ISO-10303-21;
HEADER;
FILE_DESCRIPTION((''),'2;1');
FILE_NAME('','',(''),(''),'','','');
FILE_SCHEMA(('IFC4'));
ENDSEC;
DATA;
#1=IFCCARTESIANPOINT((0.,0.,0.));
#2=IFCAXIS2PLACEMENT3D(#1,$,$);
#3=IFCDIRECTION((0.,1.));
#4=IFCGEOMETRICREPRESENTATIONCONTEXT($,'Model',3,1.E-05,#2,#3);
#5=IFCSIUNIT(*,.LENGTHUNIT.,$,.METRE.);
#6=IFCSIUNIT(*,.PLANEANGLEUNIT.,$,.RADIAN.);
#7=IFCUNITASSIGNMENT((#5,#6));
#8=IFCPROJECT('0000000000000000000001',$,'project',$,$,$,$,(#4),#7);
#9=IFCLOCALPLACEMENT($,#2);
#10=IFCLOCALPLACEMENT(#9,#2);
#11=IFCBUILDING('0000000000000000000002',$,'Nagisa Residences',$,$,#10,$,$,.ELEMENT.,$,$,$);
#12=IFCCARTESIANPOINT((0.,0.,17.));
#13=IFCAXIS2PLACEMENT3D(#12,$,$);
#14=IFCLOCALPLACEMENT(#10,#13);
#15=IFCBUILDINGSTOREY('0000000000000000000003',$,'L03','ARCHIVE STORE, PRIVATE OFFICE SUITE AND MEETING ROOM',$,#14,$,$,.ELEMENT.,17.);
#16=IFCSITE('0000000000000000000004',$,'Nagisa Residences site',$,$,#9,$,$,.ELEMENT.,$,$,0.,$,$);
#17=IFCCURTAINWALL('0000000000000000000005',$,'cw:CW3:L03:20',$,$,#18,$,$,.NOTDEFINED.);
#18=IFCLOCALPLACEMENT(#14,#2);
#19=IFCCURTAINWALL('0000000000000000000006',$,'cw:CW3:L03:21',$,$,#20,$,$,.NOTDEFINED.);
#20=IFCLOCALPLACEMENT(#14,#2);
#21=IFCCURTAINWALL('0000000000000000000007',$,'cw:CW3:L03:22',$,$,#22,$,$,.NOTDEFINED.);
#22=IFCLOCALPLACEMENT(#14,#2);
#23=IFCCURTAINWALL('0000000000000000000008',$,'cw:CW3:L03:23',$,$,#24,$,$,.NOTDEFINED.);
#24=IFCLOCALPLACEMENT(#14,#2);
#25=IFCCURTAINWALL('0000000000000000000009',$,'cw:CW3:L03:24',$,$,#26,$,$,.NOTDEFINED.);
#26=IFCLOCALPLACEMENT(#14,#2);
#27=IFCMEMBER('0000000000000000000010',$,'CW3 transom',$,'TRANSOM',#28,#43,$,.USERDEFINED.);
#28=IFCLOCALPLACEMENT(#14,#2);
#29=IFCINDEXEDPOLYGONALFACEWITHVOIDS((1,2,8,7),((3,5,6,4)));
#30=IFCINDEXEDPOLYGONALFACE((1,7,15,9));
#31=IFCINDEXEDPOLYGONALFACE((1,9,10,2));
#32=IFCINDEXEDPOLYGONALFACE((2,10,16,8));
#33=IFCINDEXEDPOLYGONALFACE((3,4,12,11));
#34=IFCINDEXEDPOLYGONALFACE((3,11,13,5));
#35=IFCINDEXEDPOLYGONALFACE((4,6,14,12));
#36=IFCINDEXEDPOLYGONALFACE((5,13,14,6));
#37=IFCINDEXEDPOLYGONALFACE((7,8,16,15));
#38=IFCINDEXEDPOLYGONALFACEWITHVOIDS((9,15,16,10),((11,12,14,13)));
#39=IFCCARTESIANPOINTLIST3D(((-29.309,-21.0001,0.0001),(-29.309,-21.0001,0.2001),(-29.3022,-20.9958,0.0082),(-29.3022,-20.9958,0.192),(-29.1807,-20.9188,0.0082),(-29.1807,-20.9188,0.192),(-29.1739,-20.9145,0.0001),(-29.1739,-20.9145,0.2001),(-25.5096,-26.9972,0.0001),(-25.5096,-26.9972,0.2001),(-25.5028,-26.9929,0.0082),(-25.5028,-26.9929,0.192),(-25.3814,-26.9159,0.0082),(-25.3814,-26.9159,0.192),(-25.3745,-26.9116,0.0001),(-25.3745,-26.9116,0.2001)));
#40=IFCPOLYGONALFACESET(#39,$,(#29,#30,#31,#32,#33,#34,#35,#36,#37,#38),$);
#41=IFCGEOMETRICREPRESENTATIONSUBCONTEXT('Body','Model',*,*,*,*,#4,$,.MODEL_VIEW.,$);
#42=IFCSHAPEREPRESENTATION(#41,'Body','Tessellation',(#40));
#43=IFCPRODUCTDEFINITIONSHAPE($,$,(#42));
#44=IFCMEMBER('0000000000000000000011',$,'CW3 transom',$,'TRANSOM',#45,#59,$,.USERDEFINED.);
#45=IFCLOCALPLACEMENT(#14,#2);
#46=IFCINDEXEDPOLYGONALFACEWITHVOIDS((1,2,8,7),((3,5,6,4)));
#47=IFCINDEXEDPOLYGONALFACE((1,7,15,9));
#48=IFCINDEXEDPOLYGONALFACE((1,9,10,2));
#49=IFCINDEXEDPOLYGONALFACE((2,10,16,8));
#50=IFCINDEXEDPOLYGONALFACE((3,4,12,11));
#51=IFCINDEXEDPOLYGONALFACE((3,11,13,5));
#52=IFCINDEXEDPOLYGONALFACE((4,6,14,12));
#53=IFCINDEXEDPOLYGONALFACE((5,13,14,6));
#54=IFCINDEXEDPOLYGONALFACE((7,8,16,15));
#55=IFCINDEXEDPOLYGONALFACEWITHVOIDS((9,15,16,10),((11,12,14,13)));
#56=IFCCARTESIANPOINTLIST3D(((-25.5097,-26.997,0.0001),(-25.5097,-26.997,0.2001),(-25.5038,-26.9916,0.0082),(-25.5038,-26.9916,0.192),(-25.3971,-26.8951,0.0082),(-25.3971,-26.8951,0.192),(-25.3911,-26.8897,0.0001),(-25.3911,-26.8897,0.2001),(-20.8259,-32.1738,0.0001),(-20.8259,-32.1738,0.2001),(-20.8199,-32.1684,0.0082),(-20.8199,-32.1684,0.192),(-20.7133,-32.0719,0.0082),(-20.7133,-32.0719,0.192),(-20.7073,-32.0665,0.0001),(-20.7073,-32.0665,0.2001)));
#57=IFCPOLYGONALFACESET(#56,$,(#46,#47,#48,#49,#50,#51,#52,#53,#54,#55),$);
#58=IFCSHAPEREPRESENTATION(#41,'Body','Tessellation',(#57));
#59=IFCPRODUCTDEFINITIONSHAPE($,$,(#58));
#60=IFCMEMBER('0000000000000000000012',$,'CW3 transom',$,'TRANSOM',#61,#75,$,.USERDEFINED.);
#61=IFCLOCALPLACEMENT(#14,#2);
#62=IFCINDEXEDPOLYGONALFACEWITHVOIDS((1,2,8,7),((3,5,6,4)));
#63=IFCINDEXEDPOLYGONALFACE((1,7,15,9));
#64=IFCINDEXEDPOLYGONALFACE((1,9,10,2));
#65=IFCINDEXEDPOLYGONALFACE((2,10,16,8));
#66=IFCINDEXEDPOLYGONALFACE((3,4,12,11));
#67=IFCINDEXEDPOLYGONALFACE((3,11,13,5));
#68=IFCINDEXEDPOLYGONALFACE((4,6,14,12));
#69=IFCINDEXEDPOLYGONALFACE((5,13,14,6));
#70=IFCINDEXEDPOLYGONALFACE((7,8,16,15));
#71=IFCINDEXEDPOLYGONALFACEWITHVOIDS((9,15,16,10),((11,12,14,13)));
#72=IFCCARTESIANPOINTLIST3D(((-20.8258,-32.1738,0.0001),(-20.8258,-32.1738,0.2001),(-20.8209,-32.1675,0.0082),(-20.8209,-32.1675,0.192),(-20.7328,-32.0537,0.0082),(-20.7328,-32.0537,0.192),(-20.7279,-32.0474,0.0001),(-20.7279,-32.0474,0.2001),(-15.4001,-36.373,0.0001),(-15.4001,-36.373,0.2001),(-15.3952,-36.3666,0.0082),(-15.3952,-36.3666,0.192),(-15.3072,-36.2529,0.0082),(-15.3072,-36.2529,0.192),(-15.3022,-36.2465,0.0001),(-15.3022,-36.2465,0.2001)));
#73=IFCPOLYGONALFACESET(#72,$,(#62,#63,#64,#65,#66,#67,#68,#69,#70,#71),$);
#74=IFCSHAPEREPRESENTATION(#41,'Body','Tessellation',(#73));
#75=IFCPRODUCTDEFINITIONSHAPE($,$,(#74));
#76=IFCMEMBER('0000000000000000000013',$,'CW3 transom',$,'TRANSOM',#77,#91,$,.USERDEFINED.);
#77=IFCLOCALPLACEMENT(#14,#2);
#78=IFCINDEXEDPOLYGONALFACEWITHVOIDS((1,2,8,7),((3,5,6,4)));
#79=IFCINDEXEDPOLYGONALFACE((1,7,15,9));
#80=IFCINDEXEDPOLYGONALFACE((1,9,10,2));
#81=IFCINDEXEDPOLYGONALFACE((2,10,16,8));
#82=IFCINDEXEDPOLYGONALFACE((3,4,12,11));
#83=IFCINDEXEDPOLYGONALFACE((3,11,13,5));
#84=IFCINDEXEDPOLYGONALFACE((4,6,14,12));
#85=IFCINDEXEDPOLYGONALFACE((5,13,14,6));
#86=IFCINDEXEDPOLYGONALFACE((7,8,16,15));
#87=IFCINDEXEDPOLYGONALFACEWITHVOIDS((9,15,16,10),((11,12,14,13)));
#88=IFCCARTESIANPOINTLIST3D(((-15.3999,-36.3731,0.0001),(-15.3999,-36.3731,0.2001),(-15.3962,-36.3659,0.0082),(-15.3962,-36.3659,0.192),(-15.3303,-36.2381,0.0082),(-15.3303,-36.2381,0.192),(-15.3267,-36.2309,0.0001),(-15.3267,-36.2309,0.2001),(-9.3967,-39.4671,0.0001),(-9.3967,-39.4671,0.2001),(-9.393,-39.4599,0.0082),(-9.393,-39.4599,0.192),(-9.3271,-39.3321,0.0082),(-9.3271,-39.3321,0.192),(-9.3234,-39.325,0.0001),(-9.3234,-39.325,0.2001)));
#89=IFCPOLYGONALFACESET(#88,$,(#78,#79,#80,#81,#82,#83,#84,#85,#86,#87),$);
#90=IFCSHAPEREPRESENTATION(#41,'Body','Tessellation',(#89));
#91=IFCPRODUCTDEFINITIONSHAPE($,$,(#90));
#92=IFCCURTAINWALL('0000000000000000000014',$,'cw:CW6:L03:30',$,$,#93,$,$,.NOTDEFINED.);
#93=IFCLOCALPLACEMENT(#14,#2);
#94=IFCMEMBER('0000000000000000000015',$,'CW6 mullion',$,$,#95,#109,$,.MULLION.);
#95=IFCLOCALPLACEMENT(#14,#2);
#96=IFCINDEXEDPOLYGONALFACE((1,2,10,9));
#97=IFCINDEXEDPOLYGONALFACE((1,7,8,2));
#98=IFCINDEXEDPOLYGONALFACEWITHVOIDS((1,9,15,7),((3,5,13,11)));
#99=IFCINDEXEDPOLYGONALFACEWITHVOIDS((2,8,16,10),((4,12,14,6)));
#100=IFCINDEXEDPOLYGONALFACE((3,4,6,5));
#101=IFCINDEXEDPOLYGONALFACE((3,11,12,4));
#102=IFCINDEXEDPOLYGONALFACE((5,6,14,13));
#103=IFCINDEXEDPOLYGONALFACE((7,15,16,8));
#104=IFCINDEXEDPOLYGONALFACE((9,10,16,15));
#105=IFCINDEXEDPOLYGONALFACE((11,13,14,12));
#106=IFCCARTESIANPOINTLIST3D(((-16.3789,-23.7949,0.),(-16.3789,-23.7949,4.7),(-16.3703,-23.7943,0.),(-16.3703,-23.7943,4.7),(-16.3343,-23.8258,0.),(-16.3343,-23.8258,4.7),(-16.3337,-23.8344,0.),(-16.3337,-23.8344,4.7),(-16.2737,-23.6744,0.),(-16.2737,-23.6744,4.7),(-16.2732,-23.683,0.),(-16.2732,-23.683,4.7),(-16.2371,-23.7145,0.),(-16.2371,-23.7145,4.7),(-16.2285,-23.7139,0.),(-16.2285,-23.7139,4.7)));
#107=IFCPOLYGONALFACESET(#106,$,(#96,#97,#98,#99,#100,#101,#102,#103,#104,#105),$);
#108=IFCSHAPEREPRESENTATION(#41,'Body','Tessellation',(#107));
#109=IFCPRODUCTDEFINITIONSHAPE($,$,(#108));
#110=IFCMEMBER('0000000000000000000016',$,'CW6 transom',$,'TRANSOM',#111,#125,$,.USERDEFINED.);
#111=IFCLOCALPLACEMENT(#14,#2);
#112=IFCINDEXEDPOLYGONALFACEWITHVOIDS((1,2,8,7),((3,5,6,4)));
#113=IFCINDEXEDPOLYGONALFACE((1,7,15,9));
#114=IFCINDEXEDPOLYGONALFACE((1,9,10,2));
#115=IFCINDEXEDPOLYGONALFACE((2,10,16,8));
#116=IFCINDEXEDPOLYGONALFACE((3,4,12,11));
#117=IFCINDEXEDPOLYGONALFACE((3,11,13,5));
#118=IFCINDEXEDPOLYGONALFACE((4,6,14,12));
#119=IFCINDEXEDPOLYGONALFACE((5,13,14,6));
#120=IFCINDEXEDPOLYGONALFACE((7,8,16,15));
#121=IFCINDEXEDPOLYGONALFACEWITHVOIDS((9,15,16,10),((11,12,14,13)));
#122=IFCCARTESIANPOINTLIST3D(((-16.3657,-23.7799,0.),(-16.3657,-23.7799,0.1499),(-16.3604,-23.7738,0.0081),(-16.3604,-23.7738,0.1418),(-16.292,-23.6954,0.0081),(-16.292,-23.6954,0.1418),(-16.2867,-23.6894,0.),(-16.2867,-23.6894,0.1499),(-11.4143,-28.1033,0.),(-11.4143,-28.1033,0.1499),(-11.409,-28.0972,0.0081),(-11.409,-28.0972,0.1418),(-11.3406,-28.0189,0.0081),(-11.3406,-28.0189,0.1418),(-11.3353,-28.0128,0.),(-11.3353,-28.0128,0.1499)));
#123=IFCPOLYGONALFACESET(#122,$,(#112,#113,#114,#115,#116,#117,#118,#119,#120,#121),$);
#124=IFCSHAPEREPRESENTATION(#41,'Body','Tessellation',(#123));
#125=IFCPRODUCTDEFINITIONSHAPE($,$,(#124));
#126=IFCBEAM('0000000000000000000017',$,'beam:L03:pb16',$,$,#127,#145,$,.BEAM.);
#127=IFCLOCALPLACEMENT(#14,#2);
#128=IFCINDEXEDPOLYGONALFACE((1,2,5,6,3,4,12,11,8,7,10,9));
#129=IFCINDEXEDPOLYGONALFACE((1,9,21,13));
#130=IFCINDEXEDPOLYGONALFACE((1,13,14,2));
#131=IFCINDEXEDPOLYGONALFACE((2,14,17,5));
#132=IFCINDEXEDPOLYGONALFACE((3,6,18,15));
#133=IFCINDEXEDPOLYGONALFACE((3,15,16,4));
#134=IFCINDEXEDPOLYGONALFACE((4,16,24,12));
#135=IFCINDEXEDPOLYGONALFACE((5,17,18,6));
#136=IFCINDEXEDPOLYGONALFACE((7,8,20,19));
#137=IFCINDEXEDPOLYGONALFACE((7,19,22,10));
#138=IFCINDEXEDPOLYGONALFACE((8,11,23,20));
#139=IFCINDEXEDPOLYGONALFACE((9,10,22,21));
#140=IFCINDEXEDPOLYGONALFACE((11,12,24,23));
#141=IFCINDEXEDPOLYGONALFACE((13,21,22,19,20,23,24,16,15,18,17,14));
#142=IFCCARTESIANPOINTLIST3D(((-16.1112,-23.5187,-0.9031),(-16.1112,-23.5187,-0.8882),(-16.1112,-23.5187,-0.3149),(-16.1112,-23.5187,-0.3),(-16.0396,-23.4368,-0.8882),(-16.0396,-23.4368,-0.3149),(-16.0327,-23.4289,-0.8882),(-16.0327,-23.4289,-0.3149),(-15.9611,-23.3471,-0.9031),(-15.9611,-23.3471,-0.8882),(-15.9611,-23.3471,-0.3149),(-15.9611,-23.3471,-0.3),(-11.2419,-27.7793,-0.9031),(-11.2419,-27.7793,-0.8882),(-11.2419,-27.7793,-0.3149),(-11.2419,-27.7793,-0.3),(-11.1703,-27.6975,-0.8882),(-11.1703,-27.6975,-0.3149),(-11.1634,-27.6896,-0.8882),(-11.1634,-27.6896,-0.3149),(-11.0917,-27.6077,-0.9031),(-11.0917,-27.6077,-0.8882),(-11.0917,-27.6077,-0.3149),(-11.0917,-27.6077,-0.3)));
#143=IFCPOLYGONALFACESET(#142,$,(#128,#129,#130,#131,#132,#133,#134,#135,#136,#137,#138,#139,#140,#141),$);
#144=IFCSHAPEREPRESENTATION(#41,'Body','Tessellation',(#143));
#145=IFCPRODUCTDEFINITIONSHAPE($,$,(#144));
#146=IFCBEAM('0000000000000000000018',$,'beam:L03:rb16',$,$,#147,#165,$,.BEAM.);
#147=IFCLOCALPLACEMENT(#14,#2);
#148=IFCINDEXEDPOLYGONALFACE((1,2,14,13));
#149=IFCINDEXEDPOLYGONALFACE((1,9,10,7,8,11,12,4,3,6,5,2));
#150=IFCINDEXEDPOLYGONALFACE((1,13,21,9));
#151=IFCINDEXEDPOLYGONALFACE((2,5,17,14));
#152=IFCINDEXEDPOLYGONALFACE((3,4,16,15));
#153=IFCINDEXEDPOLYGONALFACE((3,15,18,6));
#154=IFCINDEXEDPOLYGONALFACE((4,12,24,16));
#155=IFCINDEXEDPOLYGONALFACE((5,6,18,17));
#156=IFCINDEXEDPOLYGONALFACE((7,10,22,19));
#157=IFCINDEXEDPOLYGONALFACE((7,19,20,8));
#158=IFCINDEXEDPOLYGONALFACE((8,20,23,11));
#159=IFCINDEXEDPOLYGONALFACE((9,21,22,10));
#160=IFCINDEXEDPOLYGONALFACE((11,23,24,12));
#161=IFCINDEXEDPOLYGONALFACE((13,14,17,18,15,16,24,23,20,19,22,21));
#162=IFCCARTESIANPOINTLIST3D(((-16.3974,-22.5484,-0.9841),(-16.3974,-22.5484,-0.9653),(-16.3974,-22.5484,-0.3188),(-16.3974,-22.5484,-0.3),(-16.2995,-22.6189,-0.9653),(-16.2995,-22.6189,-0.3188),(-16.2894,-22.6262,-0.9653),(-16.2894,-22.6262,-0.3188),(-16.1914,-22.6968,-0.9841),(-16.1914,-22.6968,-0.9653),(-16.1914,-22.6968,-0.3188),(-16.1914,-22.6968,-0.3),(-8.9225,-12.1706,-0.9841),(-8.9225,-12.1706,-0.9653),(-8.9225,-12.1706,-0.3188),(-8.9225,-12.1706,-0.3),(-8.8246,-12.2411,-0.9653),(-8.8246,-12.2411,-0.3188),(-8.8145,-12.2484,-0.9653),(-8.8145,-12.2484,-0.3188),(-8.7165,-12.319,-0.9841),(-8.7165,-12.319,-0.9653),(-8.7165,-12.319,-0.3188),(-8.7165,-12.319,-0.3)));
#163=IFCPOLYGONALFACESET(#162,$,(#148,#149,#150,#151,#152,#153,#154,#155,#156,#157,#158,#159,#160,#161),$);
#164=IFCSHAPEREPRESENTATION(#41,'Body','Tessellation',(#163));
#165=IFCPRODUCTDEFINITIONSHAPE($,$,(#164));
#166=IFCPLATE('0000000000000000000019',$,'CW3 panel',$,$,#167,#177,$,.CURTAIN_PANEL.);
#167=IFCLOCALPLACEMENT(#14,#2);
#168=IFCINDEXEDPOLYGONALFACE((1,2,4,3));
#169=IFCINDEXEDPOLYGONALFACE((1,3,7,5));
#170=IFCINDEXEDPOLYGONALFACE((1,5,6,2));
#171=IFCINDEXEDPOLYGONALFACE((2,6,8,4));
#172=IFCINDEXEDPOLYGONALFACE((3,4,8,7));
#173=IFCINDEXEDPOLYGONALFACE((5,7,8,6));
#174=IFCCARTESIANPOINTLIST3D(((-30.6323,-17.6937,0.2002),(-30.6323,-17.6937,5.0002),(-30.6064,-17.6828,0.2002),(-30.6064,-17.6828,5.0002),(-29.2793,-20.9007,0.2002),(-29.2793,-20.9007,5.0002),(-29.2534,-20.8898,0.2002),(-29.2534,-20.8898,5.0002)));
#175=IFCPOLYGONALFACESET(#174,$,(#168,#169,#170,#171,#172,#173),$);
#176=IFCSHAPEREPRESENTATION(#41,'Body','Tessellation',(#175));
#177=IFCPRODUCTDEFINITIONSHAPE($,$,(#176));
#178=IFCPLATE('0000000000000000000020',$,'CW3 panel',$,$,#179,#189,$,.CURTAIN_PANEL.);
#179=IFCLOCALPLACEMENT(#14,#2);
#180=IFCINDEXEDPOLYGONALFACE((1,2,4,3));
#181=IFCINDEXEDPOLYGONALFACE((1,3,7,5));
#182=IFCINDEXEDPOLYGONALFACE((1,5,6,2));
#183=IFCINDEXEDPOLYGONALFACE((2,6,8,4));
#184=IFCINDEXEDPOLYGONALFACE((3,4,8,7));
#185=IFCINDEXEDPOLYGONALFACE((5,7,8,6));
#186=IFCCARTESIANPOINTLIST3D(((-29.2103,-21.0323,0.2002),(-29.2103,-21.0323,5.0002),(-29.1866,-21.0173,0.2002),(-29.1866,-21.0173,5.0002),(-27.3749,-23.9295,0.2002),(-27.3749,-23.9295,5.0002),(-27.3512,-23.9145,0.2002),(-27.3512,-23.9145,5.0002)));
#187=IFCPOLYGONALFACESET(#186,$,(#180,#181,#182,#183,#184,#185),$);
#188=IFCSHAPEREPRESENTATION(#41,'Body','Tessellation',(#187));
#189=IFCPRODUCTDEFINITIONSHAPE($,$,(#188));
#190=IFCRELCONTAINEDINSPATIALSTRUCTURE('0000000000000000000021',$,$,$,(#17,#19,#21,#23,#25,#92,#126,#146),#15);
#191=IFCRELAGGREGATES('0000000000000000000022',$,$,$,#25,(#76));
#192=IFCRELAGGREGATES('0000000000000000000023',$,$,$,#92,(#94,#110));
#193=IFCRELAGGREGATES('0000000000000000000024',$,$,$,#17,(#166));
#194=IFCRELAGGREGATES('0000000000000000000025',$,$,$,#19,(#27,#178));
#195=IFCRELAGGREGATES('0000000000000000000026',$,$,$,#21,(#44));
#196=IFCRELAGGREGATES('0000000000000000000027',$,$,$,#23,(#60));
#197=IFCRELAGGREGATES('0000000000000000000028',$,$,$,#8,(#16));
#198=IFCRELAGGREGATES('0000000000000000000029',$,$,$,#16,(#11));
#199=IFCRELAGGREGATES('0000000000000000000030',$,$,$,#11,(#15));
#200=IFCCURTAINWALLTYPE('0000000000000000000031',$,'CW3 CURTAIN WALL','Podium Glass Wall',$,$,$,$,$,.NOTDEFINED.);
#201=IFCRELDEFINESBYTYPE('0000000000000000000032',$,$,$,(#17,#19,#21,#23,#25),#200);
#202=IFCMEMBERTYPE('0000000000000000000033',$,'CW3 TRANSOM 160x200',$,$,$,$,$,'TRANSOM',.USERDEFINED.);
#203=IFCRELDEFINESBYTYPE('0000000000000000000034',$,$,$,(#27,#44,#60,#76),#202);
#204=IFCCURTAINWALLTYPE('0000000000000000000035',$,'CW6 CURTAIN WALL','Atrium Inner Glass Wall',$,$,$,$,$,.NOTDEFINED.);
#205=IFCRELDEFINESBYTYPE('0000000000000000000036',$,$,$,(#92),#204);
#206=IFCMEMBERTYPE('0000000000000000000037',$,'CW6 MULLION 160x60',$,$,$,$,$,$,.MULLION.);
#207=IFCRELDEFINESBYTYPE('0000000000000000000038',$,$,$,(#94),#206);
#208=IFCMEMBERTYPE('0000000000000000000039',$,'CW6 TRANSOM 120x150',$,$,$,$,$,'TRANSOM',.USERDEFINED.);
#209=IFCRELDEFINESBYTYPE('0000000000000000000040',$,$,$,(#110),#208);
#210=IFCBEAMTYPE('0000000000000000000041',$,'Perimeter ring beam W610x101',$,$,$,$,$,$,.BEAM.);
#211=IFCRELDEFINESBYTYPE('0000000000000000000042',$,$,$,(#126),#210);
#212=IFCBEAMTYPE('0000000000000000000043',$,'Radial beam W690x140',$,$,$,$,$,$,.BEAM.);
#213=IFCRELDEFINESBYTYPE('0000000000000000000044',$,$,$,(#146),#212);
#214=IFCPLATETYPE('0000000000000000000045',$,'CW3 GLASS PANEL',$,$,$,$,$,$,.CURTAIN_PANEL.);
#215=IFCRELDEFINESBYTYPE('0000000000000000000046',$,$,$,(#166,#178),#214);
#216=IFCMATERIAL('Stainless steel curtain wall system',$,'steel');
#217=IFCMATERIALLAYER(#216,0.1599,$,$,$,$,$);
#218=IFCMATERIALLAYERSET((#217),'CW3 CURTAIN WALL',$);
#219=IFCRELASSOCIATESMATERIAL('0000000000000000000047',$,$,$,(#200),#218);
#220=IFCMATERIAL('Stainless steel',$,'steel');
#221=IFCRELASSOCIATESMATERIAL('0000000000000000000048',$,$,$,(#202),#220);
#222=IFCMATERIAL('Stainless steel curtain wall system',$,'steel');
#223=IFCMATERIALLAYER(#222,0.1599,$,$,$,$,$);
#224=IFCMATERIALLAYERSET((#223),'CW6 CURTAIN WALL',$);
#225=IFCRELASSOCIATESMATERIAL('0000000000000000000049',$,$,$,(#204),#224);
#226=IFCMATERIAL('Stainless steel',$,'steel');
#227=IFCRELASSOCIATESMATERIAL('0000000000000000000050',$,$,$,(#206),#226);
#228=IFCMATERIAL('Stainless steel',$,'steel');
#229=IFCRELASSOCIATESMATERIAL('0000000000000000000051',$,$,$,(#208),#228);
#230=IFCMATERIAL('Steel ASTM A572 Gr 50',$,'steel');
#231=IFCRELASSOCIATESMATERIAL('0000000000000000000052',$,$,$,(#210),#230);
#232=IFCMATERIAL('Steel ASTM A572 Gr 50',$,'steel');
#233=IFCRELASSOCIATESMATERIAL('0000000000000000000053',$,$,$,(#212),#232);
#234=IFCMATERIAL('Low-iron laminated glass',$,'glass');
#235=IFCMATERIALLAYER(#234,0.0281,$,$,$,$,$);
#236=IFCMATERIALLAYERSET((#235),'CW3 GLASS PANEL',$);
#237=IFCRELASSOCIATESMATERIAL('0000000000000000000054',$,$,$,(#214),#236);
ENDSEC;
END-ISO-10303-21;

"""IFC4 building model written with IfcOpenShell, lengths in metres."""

from ifc_helpers import new_model, si_unit, direction, frame, origin, origin_2d, place, context, subcontext, project, spatial, rectangle, hollow_rectangle, i_section, extrude, material, layer, layer_set, material_profile, profile_set, type_object, element, aggregate, save


model = new_model("IFC4")

# Units and contexts
model_context = context("Model", 3, precision=1e-05, world=origin(), true_north=direction((0.0, 1.0)))
body_context = subcontext(model_context, "Body", "Model", "MODEL_VIEW")
ifc_project = project(units=[si_unit("LENGTHUNIT", "METRE"), si_unit("PLANEANGLEUNIT", "RADIAN")], contexts=[model_context])

# Site, building, storey
site_placement = place(None, origin())
site = spatial("IfcSite", under=ifc_project, at=site_placement, Name="Nagisa Residences site", CompositionType="ELEMENT", RefElevation=0.0)
building_placement = place(site_placement, origin())
building = spatial("IfcBuilding", under=site, at=building_placement, Name="Nagisa Residences", CompositionType="ELEMENT")
storey_placement = place(building_placement, frame((0.0, 0.0, 17.0)))
storey = spatial("IfcBuildingStorey", under=building, at=storey_placement, Name="L03", Description="ARCHIVE STORE, PRIVATE OFFICE SUITE AND MEETING ROOM", CompositionType="ELEMENT", Elevation=17.0)

# Curtain walls
ifc_material_1 = material(Name="Stainless steel curtain wall system", Category="steel")
ifc_layer_1 = layer(ifc_material_1, 0.1599)
ifc_layer_set_1 = layer_set([ifc_layer_1], Name="CW3 CURTAIN WALL")
curtain_wall_type_1 = type_object("IfcCurtainWallType", Name="CW3 CURTAIN WALL", Description="Podium Glass Wall", PredefinedType="NOTDEFINED", material=ifc_layer_set_1)
curtain_wall_1_placement = place(storey_placement, origin())
curtain_wall_1 = element("IfcCurtainWall", 1, at=curtain_wall_1_placement, inside=storey, type_object=curtain_wall_type_1, Name="cw:CW3:L03:20", PredefinedType="NOTDEFINED")
curtain_wall_2_placement = place(storey_placement, origin())
curtain_wall_2 = element("IfcCurtainWall", 2, at=curtain_wall_2_placement, inside=storey, type_object=curtain_wall_type_1, Name="cw:CW3:L03:21", PredefinedType="NOTDEFINED")
curtain_wall_3_placement = place(storey_placement, origin())
curtain_wall_3 = element("IfcCurtainWall", 3, at=curtain_wall_3_placement, inside=storey, type_object=curtain_wall_type_1, Name="cw:CW3:L03:22", PredefinedType="NOTDEFINED")
curtain_wall_4_placement = place(storey_placement, origin())
curtain_wall_4 = element("IfcCurtainWall", 4, at=curtain_wall_4_placement, inside=storey, type_object=curtain_wall_type_1, Name="cw:CW3:L03:23", PredefinedType="NOTDEFINED")

# Curtain wall
curtain_wall_5_placement = place(storey_placement, origin())
curtain_wall_5 = element("IfcCurtainWall", 5, at=curtain_wall_5_placement, inside=storey, type_object=curtain_wall_type_1, Name="cw:CW3:L03:24", PredefinedType="NOTDEFINED")

# Members
ifc_material_2 = material(Name="Stainless steel", Category="steel")
ifc_material_profile_1 = material_profile(ifc_material_2, hollow_rectangle(XDim=0.1599, YDim=0.2, WallThickness=0.0081, at=origin_2d()), Name="CW3 TRANSOM 160x200")
ifc_profile_set_1 = profile_set([ifc_material_profile_1], Name="Stainless steel")
member_type_1 = type_object("IfcMemberType", Name="CW3 TRANSOM 160x200", ElementType="TRANSOM", PredefinedType="USERDEFINED", material=ifc_profile_set_1)
member_1_placement = place(storey_placement, frame((-29.2415, -20.9573, 0.1001), z_axis=(0.53517, -0.844744, 0.0), x_axis=(0.844744, 0.53517, 0.0)))
member_1 = element("IfcMember", 6, at=member_1_placement, type_object=member_type_1, Name="CW3 transom", ObjectType="TRANSOM", PredefinedType="USERDEFINED", context=body_context, shape_type="SweptSolid", body=[
    extrude(hollow_rectangle(XDim=0.1599, YDim=0.2, WallThickness=0.0081, at=origin_2d()), origin(), (0.0, 0.0, 1.0), 7.0994),
])
member_2_placement = place(storey_placement, frame((-25.4504, -26.9434, 0.1001), z_axis=(0.670922, -0.741528, 0.0), x_axis=(0.741528, 0.670922, 0.0)))
member_2 = element("IfcMember", 7, at=member_2_placement, type_object=member_type_1, Name="CW3 transom", ObjectType="TRANSOM", PredefinedType="USERDEFINED", context=body_context, shape_type="SweptSolid", body=[
    extrude(hollow_rectangle(XDim=0.1599, YDim=0.2, WallThickness=0.0081, at=origin_2d()), origin(), (0.0, 0.0, 1.0), 6.9812),
])
member_3_placement = place(storey_placement, frame((-20.7769, -32.1106, 0.1001), z_axis=(0.790821, -0.612047, 0.0), x_axis=(0.612047, 0.790821, 0.0)))
member_3 = element("IfcMember", 8, at=member_3_placement, type_object=member_type_1, Name="CW3 transom", ObjectType="TRANSOM", PredefinedType="USERDEFINED", context=body_context, shape_type="SweptSolid", body=[
    extrude(hollow_rectangle(XDim=0.1599, YDim=0.2, WallThickness=0.0081, at=origin_2d()), origin(), (0.0, 0.0, 1.0), 6.8608),
])
member_4_placement = place(storey_placement, frame((-15.3633, -36.302, 0.1001), z_axis=(0.888887, -0.458126, 0.0), x_axis=(0.458126, 0.888887, 0.0)))
member_4 = element("IfcMember", 9, at=member_4_placement, type_object=member_type_1, Name="CW3 transom", ObjectType="TRANSOM", PredefinedType="USERDEFINED", context=body_context, shape_type="SweptSolid", body=[
    extrude(hollow_rectangle(XDim=0.1599, YDim=0.2, WallThickness=0.0081, at=origin_2d()), origin(), (0.0, 0.0, 1.0), 6.7537),
])
aggregate(curtain_wall_5, [member_4])

# Curtain wall, members
ifc_material_3 = material(Name="Stainless steel curtain wall system", Category="steel")
ifc_layer_2 = layer(ifc_material_3, 0.1599)
ifc_layer_set_2 = layer_set([ifc_layer_2], Name="CW6 CURTAIN WALL")
curtain_wall_type_2 = type_object("IfcCurtainWallType", Name="CW6 CURTAIN WALL", Description="Atrium Inner Glass Wall", PredefinedType="NOTDEFINED", material=ifc_layer_set_2)
curtain_wall_6_placement = place(storey_placement, origin())
curtain_wall_6 = element("IfcCurtainWall", 10, at=curtain_wall_6_placement, inside=storey, type_object=curtain_wall_type_2, Name="cw:CW6:L03:30", PredefinedType="NOTDEFINED")
ifc_material_4 = material(Name="Stainless steel", Category="steel")
ifc_material_profile_2 = material_profile(ifc_material_4, hollow_rectangle(XDim=0.1599, YDim=0.0601, WallThickness=0.0061, at=origin_2d()), Name="CW6 MULLION 160x60")
ifc_profile_set_2 = profile_set([ifc_material_profile_2], Name="Stainless steel")
member_type_2 = type_object("IfcMemberType", Name="CW6 MULLION 160x60", PredefinedType="MULLION", material=ifc_profile_set_2)
member_5_placement = place(storey_placement, frame((-16.3037, -23.7544, 0.0), z_axis=(0.0, 0.0, 1.0), x_axis=(0.657721, 0.753261, 0.0)))
member_5 = element("IfcMember", 11, at=member_5_placement, type_object=member_type_2, Name="CW6 mullion", PredefinedType="MULLION", context=body_context, shape_type="SweptSolid", body=[
    extrude(hollow_rectangle(XDim=0.1599, YDim=0.0601, WallThickness=0.0061, at=origin_2d()), origin(), (0.0, 0.0, 1.0), 4.7),
])
ifc_material_5 = material(Name="Stainless steel", Category="steel")
ifc_material_profile_3 = material_profile(ifc_material_5, hollow_rectangle(XDim=0.1201, YDim=0.1499, WallThickness=0.0081, at=origin_2d()), Name="CW6 TRANSOM 120x150")
ifc_profile_set_3 = profile_set([ifc_material_profile_3], Name="Stainless steel")
member_type_3 = type_object("IfcMemberType", Name="CW6 TRANSOM 120x150", ElementType="TRANSOM", PredefinedType="USERDEFINED", material=ifc_profile_set_3)
member_6_placement = place(storey_placement, frame((-16.3262, -23.7346, 0.075), z_axis=(0.753255, -0.657729, 0.0), x_axis=(0.657729, 0.753255, 0.0)))
member_6 = element("IfcMember", 12, at=member_6_placement, type_object=member_type_3, Name="CW6 transom", ObjectType="TRANSOM", PredefinedType="USERDEFINED", context=body_context, shape_type="SweptSolid", body=[
    extrude(hollow_rectangle(XDim=0.1201, YDim=0.1499, WallThickness=0.0081, at=origin_2d()), origin(), (0.0, 0.0, 1.0), 6.5732),
])
aggregate(curtain_wall_6, [member_5, member_6])

# Beams
ifc_material_6 = material(Name="Steel ASTM A572 Gr 50", Category="steel")
ifc_material_profile_4 = material_profile(ifc_material_6, i_section(OverallWidth=0.228, OverallDepth=0.603, WebThickness=0.0105, FlangeThickness=0.0149, at=origin_2d()), Name="W610x101")
ifc_profile_set_4 = profile_set([ifc_material_profile_4], Name="Steel ASTM A572 Gr 50")
beam_type_1 = type_object("IfcBeamType", Name="Perimeter ring beam W610x101", PredefinedType="BEAM", material=ifc_profile_set_4)
beam_1_placement = place(storey_placement, frame((-16.0361, -23.4329, -0.6016), z_axis=(0.752574, -0.658507, 0.0), x_axis=(0.658507, 0.752574, 0.0)))
element("IfcBeam", 13, at=beam_1_placement, inside=storey, type_object=beam_type_1, Name="beam:L03:pb16", PredefinedType="BEAM", context=body_context, shape_type="SweptSolid", body=[
    extrude(i_section(OverallWidth=0.228, OverallDepth=0.603, WebThickness=0.0105, FlangeThickness=0.0149, at=origin_2d()), origin(), (0.0, 0.0, 1.0), 6.4702),
])
ifc_material_7 = material(Name="Steel ASTM A572 Gr 50", Category="steel")
ifc_material_profile_5 = material_profile(ifc_material_7, i_section(OverallWidth=0.2539, OverallDepth=0.6841, WebThickness=0.0125, FlangeThickness=0.0188, at=origin_2d()), Name="W690x140")
ifc_profile_set_5 = profile_set([ifc_material_profile_5], Name="Steel ASTM A572 Gr 50")
beam_type_2 = type_object("IfcBeamType", Name="Radial beam W690x140", PredefinedType="BEAM", material=ifc_profile_set_5)
beam_2_placement = place(storey_placement, frame((-16.2944, -22.6226, -0.6421), z_axis=(0.584455, 0.811426, 0.0), x_axis=(-0.811426, 0.584455, 0.0)))
element("IfcBeam", 14, at=beam_2_placement, inside=storey, type_object=beam_type_2, Name="beam:L03:rb16", PredefinedType="BEAM", context=body_context, shape_type="SweptSolid", body=[
    extrude(i_section(OverallWidth=0.2539, OverallDepth=0.6841, WebThickness=0.0125, FlangeThickness=0.0188, at=origin_2d()), origin(), (0.0, 0.0, 1.0), 12.7896),
])

# Plates
ifc_material_8 = material(Name="Low-iron laminated glass", Category="glass")
ifc_layer_3 = layer(ifc_material_8, 0.0281)
ifc_layer_set_3 = layer_set([ifc_layer_3], Name="CW3 GLASS PANEL")
plate_type_1 = type_object("IfcPlateType", Name="CW3 GLASS PANEL", PredefinedType="CURTAIN_PANEL", material=ifc_layer_set_3)
plate_1_placement = place(storey_placement, frame((-29.9429, -19.2917, 0.2002), z_axis=(0.0, 0.0, 1.0), x_axis=(0.388718, -0.921357, 0.0)))
plate_1 = element("IfcPlate", 15, at=plate_1_placement, type_object=plate_type_1, Name="CW3 panel", PredefinedType="CURTAIN_PANEL", context=body_context, shape_type="SweptSolid", body=[
    extrude(rectangle(XDim=3.4807, YDim=0.0281, at=origin_2d()), origin(), (0.0, 0.0, 1.0), 4.8),
])
aggregate(curtain_wall_1, [plate_1])
plate_2_placement = place(storey_placement, frame((-28.2808, -22.4734, 0.2002), z_axis=(0.0, 0.0, 1.0), x_axis=(0.535165, -0.844747, 0.0)))
plate_2 = element("IfcPlate", 16, at=plate_2_placement, type_object=plate_type_1, Name="CW3 panel", PredefinedType="CURTAIN_PANEL", context=body_context, shape_type="SweptSolid", body=[
    extrude(rectangle(XDim=3.4297, YDim=0.0281, at=origin_2d()), origin(), (0.0, 0.0, 1.0), 4.8),
])
aggregate(curtain_wall_2, [member_1, plate_2])
aggregate(curtain_wall_3, [member_2])
aggregate(curtain_wall_4, [member_3])

save(model, "model.ifc")
